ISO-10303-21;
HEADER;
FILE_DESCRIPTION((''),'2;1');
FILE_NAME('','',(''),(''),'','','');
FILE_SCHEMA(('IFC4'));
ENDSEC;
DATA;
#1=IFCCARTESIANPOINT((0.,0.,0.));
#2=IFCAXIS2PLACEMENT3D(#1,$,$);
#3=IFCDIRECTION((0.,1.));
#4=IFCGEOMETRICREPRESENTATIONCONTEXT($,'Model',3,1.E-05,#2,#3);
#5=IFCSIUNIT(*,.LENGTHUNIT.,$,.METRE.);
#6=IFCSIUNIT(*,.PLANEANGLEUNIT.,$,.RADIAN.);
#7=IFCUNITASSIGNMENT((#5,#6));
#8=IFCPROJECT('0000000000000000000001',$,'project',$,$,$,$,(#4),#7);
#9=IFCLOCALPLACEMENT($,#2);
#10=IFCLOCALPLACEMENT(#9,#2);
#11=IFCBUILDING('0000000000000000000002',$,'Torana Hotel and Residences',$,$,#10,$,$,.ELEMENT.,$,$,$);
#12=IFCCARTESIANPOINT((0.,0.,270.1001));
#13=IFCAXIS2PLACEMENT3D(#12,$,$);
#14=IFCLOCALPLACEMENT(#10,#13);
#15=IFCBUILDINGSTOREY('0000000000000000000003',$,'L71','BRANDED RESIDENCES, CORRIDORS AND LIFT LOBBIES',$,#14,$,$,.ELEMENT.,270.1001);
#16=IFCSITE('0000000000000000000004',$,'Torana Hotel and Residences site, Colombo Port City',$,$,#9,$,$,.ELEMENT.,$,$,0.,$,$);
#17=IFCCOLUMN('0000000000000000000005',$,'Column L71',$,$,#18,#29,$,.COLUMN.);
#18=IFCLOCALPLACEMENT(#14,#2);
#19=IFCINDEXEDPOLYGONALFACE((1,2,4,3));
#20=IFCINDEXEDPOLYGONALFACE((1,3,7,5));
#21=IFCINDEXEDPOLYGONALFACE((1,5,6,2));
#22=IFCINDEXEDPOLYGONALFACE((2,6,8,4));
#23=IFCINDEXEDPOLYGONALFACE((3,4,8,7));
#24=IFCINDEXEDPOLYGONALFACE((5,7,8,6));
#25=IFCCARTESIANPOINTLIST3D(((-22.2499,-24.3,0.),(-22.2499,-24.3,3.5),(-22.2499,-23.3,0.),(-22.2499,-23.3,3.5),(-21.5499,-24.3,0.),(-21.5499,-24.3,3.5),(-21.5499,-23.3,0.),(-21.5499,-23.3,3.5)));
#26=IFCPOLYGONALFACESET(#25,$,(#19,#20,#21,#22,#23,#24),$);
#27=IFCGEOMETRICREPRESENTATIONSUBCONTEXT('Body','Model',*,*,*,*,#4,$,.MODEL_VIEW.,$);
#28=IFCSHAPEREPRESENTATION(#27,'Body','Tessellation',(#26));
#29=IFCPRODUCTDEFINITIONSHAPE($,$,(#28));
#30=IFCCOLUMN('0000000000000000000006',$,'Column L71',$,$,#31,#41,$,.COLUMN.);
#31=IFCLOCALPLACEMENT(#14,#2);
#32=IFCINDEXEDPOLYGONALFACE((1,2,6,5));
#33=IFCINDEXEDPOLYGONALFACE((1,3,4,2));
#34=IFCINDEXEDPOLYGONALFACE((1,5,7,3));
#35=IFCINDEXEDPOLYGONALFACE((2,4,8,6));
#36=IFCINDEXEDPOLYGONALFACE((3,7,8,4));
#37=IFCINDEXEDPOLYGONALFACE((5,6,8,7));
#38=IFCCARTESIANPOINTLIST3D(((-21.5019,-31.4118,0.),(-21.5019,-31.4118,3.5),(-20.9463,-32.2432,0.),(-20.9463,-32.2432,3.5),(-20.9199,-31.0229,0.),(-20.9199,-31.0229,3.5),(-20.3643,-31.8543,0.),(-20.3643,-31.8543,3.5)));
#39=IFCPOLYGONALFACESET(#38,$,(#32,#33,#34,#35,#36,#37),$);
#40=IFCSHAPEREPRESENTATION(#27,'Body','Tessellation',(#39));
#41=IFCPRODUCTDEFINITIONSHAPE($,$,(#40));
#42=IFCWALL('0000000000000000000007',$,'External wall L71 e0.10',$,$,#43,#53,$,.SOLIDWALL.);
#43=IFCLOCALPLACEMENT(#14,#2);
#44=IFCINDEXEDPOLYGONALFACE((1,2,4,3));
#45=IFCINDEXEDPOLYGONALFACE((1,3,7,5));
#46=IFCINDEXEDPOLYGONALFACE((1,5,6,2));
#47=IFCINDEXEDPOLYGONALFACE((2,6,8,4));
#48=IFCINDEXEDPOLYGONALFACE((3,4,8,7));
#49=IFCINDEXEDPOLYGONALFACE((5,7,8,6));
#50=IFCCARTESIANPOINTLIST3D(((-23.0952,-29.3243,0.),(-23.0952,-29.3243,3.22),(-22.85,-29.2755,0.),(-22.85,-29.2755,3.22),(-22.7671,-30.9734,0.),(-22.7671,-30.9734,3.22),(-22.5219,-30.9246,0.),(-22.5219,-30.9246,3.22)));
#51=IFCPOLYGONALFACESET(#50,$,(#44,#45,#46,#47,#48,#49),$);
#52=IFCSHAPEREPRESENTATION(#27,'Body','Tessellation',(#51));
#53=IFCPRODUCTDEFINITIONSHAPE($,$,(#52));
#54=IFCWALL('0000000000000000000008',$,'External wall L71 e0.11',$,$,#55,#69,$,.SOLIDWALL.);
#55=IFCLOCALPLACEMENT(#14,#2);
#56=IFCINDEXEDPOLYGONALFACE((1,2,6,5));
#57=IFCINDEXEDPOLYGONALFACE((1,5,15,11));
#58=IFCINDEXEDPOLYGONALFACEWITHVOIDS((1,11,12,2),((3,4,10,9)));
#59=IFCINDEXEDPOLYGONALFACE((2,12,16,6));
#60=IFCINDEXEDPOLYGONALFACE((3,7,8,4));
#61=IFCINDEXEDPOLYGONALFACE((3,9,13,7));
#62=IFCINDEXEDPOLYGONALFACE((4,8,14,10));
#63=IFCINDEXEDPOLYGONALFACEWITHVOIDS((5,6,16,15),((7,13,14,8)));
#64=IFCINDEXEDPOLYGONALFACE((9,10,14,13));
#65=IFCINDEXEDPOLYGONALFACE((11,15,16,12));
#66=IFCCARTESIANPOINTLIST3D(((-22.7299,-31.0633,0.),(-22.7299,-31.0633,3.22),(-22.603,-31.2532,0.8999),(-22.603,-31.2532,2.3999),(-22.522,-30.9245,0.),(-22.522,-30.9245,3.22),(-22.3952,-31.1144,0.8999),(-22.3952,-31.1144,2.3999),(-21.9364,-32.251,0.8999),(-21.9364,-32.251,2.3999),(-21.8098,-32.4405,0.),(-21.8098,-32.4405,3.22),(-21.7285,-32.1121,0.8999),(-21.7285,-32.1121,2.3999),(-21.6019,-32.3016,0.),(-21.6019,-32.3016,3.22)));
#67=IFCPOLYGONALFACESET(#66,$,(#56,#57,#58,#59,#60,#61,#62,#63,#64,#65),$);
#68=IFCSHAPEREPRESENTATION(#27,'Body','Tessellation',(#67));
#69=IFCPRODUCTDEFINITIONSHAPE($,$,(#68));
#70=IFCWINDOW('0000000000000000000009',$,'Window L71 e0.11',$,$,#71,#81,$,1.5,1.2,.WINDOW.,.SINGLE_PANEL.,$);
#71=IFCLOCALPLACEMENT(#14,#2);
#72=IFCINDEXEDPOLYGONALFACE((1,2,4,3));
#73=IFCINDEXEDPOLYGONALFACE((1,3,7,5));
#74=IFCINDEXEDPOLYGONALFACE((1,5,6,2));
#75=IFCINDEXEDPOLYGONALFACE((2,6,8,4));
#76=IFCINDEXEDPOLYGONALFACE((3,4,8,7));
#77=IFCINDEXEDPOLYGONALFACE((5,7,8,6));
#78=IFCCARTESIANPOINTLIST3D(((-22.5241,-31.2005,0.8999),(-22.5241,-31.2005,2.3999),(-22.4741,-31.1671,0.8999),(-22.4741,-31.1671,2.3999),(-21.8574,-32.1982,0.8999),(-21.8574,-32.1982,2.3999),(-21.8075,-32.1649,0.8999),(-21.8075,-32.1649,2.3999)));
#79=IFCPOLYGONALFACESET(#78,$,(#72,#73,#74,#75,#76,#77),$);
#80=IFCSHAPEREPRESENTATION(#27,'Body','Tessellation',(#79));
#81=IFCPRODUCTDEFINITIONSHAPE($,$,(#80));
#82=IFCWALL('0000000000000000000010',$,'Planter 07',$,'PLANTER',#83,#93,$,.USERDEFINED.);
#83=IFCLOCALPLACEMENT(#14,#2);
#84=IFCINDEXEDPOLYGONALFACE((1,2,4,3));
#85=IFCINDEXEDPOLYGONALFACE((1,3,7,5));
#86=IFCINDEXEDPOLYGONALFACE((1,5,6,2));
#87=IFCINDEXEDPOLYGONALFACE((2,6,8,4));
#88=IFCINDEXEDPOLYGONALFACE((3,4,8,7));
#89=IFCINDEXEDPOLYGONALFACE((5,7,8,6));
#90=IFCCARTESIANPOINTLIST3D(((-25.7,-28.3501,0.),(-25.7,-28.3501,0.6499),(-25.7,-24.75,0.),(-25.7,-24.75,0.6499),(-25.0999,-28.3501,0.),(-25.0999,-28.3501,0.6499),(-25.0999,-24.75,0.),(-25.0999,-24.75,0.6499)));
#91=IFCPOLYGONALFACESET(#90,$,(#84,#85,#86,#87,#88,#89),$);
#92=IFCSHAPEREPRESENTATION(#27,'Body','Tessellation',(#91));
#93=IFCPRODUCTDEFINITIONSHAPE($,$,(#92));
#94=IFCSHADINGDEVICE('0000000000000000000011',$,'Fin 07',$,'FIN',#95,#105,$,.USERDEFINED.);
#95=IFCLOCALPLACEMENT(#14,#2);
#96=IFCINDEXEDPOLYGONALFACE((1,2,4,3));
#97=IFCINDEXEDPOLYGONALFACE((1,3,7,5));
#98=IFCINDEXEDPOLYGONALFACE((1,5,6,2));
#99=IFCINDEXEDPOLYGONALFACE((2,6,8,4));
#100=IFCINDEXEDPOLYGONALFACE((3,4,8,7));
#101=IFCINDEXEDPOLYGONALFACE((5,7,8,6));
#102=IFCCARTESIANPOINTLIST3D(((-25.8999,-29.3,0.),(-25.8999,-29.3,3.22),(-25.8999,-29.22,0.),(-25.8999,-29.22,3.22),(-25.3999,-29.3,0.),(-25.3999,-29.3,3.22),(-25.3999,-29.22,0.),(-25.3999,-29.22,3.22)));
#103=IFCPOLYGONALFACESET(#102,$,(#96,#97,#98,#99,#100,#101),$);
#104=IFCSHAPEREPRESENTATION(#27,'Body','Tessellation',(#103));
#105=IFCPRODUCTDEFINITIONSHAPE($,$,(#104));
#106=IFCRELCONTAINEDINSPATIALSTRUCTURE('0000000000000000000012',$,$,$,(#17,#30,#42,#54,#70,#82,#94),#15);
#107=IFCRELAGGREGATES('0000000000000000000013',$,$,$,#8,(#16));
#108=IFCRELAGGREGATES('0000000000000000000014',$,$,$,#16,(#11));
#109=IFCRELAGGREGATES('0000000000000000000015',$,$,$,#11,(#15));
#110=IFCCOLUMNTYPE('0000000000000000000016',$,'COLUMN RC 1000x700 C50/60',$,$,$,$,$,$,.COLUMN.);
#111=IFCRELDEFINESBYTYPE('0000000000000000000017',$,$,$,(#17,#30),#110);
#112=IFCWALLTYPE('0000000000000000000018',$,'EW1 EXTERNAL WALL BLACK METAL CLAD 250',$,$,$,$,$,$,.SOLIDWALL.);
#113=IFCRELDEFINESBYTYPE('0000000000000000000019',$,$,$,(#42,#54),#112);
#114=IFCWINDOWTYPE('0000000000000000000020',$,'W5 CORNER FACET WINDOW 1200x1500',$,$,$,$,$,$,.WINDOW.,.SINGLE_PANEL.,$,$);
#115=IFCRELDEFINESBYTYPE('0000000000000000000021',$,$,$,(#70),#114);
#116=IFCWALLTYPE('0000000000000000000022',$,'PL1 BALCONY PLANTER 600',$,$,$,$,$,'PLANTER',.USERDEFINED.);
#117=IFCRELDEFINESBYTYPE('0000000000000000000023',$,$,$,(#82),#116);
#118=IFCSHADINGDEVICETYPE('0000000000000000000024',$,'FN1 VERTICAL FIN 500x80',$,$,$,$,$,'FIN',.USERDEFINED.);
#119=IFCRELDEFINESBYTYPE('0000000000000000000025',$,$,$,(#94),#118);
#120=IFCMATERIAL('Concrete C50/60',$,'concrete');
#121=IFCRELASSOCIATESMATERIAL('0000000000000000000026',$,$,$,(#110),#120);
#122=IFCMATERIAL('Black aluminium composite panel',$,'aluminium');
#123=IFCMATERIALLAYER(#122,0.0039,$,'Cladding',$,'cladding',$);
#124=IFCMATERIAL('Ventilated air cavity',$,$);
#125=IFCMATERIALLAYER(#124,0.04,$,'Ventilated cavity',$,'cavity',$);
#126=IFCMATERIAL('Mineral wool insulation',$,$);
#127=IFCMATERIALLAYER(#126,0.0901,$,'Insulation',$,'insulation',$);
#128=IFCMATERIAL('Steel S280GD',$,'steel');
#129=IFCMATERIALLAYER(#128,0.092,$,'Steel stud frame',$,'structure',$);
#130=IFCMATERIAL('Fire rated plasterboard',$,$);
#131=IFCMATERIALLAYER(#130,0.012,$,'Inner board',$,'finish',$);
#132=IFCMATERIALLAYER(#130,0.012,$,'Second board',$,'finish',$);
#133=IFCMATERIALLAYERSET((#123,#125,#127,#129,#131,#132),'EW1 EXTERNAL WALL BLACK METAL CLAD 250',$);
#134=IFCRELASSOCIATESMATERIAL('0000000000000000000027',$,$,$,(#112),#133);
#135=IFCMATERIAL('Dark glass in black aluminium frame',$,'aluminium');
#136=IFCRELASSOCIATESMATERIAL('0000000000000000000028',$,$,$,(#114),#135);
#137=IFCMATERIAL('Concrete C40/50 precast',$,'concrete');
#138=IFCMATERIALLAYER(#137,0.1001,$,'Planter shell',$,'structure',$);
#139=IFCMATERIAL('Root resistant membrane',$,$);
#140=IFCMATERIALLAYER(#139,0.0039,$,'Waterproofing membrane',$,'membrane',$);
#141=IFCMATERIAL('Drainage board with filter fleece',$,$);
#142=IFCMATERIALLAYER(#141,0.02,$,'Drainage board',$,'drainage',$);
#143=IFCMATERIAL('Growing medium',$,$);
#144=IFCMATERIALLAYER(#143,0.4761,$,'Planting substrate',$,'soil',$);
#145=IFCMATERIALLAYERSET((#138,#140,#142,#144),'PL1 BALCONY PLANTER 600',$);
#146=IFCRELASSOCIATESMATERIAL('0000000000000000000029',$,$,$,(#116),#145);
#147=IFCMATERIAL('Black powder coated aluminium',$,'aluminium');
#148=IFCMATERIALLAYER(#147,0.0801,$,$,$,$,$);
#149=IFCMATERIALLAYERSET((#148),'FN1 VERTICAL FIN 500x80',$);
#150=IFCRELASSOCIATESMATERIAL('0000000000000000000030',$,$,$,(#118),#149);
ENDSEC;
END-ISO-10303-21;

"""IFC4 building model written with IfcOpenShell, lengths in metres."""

from ifc_helpers import new_model, si_unit, direction, frame, frame_2d, origin, origin_2d, place, context, subcontext, project, spatial, rectangle, extrude, material, layer, layer_set, material_profile, profile_set, type_object, element, fill, save


model = new_model("IFC4")

# Units and contexts
model_context = context("Model", 3, precision=1e-05, world=origin(), true_north=direction((0.0, 1.0)))
body_context = subcontext(model_context, "Body", "Model", "MODEL_VIEW")
ifc_project = project(units=[si_unit("LENGTHUNIT", "METRE"), si_unit("PLANEANGLEUNIT", "RADIAN")], contexts=[model_context])

# Site, building, storey
site_placement = place(None, origin())
site = spatial("IfcSite", under=ifc_project, at=site_placement, Name="Torana Hotel and Residences site, Colombo Port City", CompositionType="ELEMENT", RefElevation=0.0)
building_placement = place(site_placement, origin())
building = spatial("IfcBuilding", under=site, at=building_placement, Name="Torana Hotel and Residences", CompositionType="ELEMENT")
storey_placement = place(building_placement, frame((0.0, 0.0, 270.1001)))
storey = spatial("IfcBuildingStorey", under=building, at=storey_placement, Name="L71", Description="BRANDED RESIDENCES, CORRIDORS AND LIFT LOBBIES", CompositionType="ELEMENT", Elevation=270.1001)

# Columns
ifc_material_1 = material(Name="Concrete C50/60", Category="concrete")
ifc_material_profile = material_profile(ifc_material_1, rectangle(XDim=1.0, YDim=0.7, at=origin_2d()), Name="RC 1000x700")
ifc_profile_set = profile_set([ifc_material_profile], Name="Concrete C50/60")
column_type = type_object("IfcColumnType", Name="COLUMN RC 1000x700 C50/60", PredefinedType="COLUMN", material=ifc_profile_set)
for number, where, z_axis, x_axis, name in (
    (1, (-21.8999, -23.8, 0.0), (0.0, 0.0, 1.0), (0.0, 1.0, 0.0), "Column L71"),
    (2, (-20.9331, -31.6331, 0.0), (0.0, 0.0, 1.0), (-0.555585, 0.83146, 0.0), "Column L71"),
):
    element("IfcColumn", number, at=place(storey_placement, frame(where, z_axis=z_axis, x_axis=x_axis)), inside=storey, type_object=column_type, Name=name, PredefinedType="COLUMN", context=body_context, shape_type="SweptSolid", body=[
        extrude(rectangle(XDim=1.0, YDim=0.7, at=origin_2d()), origin(), (0.0, 0.0, 1.0), 3.5),
    ])

# Wall
ifc_material_2 = material(Name="Black aluminium composite panel", Category="aluminium")
ifc_layer_1 = layer(ifc_material_2, 0.0039, Name="Cladding", Category="cladding")
ifc_material_3 = material(Name="Ventilated air cavity")
ifc_layer_2 = layer(ifc_material_3, 0.04, Name="Ventilated cavity", Category="cavity")
ifc_material_4 = material(Name="Mineral wool insulation")
ifc_layer_3 = layer(ifc_material_4, 0.0901, Name="Insulation", Category="insulation")
ifc_material_5 = material(Name="Steel S280GD", Category="steel")
ifc_layer_4 = layer(ifc_material_5, 0.092, Name="Steel stud frame", Category="structure")
ifc_material_6 = material(Name="Fire rated plasterboard")
ifc_layer_5 = layer(ifc_material_6, 0.012, Name="Inner board", Category="finish")
ifc_layer_6 = layer(ifc_material_6, 0.012, Name="Second board", Category="finish")
ifc_layer_set_1 = layer_set([ifc_layer_1, ifc_layer_2, ifc_layer_3, ifc_layer_4, ifc_layer_5, ifc_layer_6], Name="EW1 EXTERNAL WALL BLACK METAL CLAD 250")
wall_type_1 = type_object("IfcWallType", Name="EW1 EXTERNAL WALL BLACK METAL CLAD 250", PredefinedType="SOLIDWALL", material=ifc_layer_set_1)
wall_1_placement = place(storey_placement, frame((-22.9727, -29.2998, 0.0), z_axis=(0.0, 0.0, 1.0), x_axis=(0.195139, -0.980776, 0.0)))
element("IfcWall", 3, at=wall_1_placement, inside=storey, type_object=wall_type_1, Name="External wall L71 e0.10", PredefinedType="SOLIDWALL", context=body_context, shape_type="SweptSolid", body=[
    extrude(rectangle(XDim=1.6814, YDim=0.25, at=frame_2d((0.8408, 0.0))), origin(), (0.0, 0.0, 1.0), 3.22),
])

# Wall, opening, window
wall_2_placement = place(storey_placement, frame((-22.626, -30.9939, 0.0), z_axis=(0.0, 0.0, 1.0), x_axis=(0.55555, -0.831483, 0.0)))
wall_2 = element("IfcWall", 4, at=wall_2_placement, inside=storey, type_object=wall_type_1, Name="External wall L71 e0.11", PredefinedType="SOLIDWALL", context=body_context, shape_type="SweptSolid", body=[
    extrude(rectangle(XDim=1.6562, YDim=0.25, at=frame_2d((0.8281, 0.0))), origin(), (0.0, 0.0, 1.0), 3.22),
])
opening_placement = place(wall_2_placement, frame((0.2283, 0.0, 0.8999)))
opening = element("IfcOpeningElement", 5, at=opening_placement, cuts=wall_2, PredefinedType="OPENING", context=body_context, shape_type="SweptSolid", body=[
    extrude(rectangle(XDim=1.2, YDim=1.5, at=frame_2d((0.6001, 0.75))), frame((0.0, 0.135, 0.0), z_axis=(0.0, -1.0, 0.0), x_axis=(1.0, 0.0, 0.0)), (0.0, 0.0, 1.0), 0.27),
])
ifc_material_7 = material(Name="Dark glass in black aluminium frame", Category="aluminium")
window_type = type_object("IfcWindowType", Name="W5 CORNER FACET WINDOW 1200x1500", PartitioningType="SINGLE_PANEL", PredefinedType="WINDOW", material=ifc_material_7)
window_placement = place(opening_placement, origin())
window = element("IfcWindow", 6, at=window_placement, inside=storey, type_object=window_type, Name="Window L71 e0.11", OverallHeight=1.5, OverallWidth=1.2, PartitioningType="SINGLE_PANEL", PredefinedType="WINDOW", context=body_context, shape_type="SweptSolid", body=[
    extrude(rectangle(XDim=1.2, YDim=1.5, at=frame_2d((0.6001, 0.75))), frame((0.0, 0.03, 0.0), z_axis=(0.0, -1.0, 0.0), x_axis=(1.0, 0.0, 0.0)), (0.0, 0.0, 1.0), 0.0601),
])
fill(opening, window)

# Wall
ifc_material_8 = material(Name="Concrete C40/50 precast", Category="concrete")
ifc_layer_7 = layer(ifc_material_8, 0.1001, Name="Planter shell", Category="structure")
ifc_material_9 = material(Name="Root resistant membrane")
ifc_layer_8 = layer(ifc_material_9, 0.0039, Name="Waterproofing membrane", Category="membrane")
ifc_material_10 = material(Name="Drainage board with filter fleece")
ifc_layer_9 = layer(ifc_material_10, 0.02, Name="Drainage board", Category="drainage")
ifc_material_11 = material(Name="Growing medium")
ifc_layer_10 = layer(ifc_material_11, 0.4761, Name="Planting substrate", Category="soil")
ifc_layer_set_2 = layer_set([ifc_layer_7, ifc_layer_8, ifc_layer_9, ifc_layer_10], Name="PL1 BALCONY PLANTER 600")
wall_type_2 = type_object("IfcWallType", Name="PL1 BALCONY PLANTER 600", ElementType="PLANTER", PredefinedType="USERDEFINED", material=ifc_layer_set_2)
wall_3_placement = place(storey_placement, frame((-25.3999, -28.3501, 0.0), z_axis=(0.0, 0.0, 1.0), x_axis=(0.0, 1.0, 0.0)))
element("IfcWall", 7, at=wall_3_placement, inside=storey, type_object=wall_type_2, Name="Planter 07", ObjectType="PLANTER", PredefinedType="USERDEFINED", context=body_context, shape_type="SweptSolid", body=[
    extrude(rectangle(XDim=3.6001, YDim=0.6001, at=frame_2d((1.8, 0.0))), origin(), (0.0, 0.0, 1.0), 0.6499),
])

# Shading device
ifc_material_12 = material(Name="Black powder coated aluminium", Category="aluminium")
ifc_layer_11 = layer(ifc_material_12, 0.0801)
ifc_layer_set_3 = layer_set([ifc_layer_11], Name="FN1 VERTICAL FIN 500x80")
shading_device_type = type_object("IfcShadingDeviceType", Name="FN1 VERTICAL FIN 500x80", ElementType="FIN", PredefinedType="USERDEFINED", material=ifc_layer_set_3)
shading_device_placement = place(storey_placement, frame((-25.6499, -29.26, 0.0), z_axis=(0.0, 0.0, 1.0), x_axis=(0.0, 1.0, 0.0)))
element("IfcShadingDevice", 8, at=shading_device_placement, inside=storey, type_object=shading_device_type, Name="Fin 07", ObjectType="FIN", PredefinedType="USERDEFINED", context=body_context, shape_type="SweptSolid", body=[
    extrude(rectangle(XDim=0.0801, YDim=0.5, at=origin_2d()), origin(), (0.0, 0.0, 1.0), 3.22),
])

save(model, "model.ifc")
